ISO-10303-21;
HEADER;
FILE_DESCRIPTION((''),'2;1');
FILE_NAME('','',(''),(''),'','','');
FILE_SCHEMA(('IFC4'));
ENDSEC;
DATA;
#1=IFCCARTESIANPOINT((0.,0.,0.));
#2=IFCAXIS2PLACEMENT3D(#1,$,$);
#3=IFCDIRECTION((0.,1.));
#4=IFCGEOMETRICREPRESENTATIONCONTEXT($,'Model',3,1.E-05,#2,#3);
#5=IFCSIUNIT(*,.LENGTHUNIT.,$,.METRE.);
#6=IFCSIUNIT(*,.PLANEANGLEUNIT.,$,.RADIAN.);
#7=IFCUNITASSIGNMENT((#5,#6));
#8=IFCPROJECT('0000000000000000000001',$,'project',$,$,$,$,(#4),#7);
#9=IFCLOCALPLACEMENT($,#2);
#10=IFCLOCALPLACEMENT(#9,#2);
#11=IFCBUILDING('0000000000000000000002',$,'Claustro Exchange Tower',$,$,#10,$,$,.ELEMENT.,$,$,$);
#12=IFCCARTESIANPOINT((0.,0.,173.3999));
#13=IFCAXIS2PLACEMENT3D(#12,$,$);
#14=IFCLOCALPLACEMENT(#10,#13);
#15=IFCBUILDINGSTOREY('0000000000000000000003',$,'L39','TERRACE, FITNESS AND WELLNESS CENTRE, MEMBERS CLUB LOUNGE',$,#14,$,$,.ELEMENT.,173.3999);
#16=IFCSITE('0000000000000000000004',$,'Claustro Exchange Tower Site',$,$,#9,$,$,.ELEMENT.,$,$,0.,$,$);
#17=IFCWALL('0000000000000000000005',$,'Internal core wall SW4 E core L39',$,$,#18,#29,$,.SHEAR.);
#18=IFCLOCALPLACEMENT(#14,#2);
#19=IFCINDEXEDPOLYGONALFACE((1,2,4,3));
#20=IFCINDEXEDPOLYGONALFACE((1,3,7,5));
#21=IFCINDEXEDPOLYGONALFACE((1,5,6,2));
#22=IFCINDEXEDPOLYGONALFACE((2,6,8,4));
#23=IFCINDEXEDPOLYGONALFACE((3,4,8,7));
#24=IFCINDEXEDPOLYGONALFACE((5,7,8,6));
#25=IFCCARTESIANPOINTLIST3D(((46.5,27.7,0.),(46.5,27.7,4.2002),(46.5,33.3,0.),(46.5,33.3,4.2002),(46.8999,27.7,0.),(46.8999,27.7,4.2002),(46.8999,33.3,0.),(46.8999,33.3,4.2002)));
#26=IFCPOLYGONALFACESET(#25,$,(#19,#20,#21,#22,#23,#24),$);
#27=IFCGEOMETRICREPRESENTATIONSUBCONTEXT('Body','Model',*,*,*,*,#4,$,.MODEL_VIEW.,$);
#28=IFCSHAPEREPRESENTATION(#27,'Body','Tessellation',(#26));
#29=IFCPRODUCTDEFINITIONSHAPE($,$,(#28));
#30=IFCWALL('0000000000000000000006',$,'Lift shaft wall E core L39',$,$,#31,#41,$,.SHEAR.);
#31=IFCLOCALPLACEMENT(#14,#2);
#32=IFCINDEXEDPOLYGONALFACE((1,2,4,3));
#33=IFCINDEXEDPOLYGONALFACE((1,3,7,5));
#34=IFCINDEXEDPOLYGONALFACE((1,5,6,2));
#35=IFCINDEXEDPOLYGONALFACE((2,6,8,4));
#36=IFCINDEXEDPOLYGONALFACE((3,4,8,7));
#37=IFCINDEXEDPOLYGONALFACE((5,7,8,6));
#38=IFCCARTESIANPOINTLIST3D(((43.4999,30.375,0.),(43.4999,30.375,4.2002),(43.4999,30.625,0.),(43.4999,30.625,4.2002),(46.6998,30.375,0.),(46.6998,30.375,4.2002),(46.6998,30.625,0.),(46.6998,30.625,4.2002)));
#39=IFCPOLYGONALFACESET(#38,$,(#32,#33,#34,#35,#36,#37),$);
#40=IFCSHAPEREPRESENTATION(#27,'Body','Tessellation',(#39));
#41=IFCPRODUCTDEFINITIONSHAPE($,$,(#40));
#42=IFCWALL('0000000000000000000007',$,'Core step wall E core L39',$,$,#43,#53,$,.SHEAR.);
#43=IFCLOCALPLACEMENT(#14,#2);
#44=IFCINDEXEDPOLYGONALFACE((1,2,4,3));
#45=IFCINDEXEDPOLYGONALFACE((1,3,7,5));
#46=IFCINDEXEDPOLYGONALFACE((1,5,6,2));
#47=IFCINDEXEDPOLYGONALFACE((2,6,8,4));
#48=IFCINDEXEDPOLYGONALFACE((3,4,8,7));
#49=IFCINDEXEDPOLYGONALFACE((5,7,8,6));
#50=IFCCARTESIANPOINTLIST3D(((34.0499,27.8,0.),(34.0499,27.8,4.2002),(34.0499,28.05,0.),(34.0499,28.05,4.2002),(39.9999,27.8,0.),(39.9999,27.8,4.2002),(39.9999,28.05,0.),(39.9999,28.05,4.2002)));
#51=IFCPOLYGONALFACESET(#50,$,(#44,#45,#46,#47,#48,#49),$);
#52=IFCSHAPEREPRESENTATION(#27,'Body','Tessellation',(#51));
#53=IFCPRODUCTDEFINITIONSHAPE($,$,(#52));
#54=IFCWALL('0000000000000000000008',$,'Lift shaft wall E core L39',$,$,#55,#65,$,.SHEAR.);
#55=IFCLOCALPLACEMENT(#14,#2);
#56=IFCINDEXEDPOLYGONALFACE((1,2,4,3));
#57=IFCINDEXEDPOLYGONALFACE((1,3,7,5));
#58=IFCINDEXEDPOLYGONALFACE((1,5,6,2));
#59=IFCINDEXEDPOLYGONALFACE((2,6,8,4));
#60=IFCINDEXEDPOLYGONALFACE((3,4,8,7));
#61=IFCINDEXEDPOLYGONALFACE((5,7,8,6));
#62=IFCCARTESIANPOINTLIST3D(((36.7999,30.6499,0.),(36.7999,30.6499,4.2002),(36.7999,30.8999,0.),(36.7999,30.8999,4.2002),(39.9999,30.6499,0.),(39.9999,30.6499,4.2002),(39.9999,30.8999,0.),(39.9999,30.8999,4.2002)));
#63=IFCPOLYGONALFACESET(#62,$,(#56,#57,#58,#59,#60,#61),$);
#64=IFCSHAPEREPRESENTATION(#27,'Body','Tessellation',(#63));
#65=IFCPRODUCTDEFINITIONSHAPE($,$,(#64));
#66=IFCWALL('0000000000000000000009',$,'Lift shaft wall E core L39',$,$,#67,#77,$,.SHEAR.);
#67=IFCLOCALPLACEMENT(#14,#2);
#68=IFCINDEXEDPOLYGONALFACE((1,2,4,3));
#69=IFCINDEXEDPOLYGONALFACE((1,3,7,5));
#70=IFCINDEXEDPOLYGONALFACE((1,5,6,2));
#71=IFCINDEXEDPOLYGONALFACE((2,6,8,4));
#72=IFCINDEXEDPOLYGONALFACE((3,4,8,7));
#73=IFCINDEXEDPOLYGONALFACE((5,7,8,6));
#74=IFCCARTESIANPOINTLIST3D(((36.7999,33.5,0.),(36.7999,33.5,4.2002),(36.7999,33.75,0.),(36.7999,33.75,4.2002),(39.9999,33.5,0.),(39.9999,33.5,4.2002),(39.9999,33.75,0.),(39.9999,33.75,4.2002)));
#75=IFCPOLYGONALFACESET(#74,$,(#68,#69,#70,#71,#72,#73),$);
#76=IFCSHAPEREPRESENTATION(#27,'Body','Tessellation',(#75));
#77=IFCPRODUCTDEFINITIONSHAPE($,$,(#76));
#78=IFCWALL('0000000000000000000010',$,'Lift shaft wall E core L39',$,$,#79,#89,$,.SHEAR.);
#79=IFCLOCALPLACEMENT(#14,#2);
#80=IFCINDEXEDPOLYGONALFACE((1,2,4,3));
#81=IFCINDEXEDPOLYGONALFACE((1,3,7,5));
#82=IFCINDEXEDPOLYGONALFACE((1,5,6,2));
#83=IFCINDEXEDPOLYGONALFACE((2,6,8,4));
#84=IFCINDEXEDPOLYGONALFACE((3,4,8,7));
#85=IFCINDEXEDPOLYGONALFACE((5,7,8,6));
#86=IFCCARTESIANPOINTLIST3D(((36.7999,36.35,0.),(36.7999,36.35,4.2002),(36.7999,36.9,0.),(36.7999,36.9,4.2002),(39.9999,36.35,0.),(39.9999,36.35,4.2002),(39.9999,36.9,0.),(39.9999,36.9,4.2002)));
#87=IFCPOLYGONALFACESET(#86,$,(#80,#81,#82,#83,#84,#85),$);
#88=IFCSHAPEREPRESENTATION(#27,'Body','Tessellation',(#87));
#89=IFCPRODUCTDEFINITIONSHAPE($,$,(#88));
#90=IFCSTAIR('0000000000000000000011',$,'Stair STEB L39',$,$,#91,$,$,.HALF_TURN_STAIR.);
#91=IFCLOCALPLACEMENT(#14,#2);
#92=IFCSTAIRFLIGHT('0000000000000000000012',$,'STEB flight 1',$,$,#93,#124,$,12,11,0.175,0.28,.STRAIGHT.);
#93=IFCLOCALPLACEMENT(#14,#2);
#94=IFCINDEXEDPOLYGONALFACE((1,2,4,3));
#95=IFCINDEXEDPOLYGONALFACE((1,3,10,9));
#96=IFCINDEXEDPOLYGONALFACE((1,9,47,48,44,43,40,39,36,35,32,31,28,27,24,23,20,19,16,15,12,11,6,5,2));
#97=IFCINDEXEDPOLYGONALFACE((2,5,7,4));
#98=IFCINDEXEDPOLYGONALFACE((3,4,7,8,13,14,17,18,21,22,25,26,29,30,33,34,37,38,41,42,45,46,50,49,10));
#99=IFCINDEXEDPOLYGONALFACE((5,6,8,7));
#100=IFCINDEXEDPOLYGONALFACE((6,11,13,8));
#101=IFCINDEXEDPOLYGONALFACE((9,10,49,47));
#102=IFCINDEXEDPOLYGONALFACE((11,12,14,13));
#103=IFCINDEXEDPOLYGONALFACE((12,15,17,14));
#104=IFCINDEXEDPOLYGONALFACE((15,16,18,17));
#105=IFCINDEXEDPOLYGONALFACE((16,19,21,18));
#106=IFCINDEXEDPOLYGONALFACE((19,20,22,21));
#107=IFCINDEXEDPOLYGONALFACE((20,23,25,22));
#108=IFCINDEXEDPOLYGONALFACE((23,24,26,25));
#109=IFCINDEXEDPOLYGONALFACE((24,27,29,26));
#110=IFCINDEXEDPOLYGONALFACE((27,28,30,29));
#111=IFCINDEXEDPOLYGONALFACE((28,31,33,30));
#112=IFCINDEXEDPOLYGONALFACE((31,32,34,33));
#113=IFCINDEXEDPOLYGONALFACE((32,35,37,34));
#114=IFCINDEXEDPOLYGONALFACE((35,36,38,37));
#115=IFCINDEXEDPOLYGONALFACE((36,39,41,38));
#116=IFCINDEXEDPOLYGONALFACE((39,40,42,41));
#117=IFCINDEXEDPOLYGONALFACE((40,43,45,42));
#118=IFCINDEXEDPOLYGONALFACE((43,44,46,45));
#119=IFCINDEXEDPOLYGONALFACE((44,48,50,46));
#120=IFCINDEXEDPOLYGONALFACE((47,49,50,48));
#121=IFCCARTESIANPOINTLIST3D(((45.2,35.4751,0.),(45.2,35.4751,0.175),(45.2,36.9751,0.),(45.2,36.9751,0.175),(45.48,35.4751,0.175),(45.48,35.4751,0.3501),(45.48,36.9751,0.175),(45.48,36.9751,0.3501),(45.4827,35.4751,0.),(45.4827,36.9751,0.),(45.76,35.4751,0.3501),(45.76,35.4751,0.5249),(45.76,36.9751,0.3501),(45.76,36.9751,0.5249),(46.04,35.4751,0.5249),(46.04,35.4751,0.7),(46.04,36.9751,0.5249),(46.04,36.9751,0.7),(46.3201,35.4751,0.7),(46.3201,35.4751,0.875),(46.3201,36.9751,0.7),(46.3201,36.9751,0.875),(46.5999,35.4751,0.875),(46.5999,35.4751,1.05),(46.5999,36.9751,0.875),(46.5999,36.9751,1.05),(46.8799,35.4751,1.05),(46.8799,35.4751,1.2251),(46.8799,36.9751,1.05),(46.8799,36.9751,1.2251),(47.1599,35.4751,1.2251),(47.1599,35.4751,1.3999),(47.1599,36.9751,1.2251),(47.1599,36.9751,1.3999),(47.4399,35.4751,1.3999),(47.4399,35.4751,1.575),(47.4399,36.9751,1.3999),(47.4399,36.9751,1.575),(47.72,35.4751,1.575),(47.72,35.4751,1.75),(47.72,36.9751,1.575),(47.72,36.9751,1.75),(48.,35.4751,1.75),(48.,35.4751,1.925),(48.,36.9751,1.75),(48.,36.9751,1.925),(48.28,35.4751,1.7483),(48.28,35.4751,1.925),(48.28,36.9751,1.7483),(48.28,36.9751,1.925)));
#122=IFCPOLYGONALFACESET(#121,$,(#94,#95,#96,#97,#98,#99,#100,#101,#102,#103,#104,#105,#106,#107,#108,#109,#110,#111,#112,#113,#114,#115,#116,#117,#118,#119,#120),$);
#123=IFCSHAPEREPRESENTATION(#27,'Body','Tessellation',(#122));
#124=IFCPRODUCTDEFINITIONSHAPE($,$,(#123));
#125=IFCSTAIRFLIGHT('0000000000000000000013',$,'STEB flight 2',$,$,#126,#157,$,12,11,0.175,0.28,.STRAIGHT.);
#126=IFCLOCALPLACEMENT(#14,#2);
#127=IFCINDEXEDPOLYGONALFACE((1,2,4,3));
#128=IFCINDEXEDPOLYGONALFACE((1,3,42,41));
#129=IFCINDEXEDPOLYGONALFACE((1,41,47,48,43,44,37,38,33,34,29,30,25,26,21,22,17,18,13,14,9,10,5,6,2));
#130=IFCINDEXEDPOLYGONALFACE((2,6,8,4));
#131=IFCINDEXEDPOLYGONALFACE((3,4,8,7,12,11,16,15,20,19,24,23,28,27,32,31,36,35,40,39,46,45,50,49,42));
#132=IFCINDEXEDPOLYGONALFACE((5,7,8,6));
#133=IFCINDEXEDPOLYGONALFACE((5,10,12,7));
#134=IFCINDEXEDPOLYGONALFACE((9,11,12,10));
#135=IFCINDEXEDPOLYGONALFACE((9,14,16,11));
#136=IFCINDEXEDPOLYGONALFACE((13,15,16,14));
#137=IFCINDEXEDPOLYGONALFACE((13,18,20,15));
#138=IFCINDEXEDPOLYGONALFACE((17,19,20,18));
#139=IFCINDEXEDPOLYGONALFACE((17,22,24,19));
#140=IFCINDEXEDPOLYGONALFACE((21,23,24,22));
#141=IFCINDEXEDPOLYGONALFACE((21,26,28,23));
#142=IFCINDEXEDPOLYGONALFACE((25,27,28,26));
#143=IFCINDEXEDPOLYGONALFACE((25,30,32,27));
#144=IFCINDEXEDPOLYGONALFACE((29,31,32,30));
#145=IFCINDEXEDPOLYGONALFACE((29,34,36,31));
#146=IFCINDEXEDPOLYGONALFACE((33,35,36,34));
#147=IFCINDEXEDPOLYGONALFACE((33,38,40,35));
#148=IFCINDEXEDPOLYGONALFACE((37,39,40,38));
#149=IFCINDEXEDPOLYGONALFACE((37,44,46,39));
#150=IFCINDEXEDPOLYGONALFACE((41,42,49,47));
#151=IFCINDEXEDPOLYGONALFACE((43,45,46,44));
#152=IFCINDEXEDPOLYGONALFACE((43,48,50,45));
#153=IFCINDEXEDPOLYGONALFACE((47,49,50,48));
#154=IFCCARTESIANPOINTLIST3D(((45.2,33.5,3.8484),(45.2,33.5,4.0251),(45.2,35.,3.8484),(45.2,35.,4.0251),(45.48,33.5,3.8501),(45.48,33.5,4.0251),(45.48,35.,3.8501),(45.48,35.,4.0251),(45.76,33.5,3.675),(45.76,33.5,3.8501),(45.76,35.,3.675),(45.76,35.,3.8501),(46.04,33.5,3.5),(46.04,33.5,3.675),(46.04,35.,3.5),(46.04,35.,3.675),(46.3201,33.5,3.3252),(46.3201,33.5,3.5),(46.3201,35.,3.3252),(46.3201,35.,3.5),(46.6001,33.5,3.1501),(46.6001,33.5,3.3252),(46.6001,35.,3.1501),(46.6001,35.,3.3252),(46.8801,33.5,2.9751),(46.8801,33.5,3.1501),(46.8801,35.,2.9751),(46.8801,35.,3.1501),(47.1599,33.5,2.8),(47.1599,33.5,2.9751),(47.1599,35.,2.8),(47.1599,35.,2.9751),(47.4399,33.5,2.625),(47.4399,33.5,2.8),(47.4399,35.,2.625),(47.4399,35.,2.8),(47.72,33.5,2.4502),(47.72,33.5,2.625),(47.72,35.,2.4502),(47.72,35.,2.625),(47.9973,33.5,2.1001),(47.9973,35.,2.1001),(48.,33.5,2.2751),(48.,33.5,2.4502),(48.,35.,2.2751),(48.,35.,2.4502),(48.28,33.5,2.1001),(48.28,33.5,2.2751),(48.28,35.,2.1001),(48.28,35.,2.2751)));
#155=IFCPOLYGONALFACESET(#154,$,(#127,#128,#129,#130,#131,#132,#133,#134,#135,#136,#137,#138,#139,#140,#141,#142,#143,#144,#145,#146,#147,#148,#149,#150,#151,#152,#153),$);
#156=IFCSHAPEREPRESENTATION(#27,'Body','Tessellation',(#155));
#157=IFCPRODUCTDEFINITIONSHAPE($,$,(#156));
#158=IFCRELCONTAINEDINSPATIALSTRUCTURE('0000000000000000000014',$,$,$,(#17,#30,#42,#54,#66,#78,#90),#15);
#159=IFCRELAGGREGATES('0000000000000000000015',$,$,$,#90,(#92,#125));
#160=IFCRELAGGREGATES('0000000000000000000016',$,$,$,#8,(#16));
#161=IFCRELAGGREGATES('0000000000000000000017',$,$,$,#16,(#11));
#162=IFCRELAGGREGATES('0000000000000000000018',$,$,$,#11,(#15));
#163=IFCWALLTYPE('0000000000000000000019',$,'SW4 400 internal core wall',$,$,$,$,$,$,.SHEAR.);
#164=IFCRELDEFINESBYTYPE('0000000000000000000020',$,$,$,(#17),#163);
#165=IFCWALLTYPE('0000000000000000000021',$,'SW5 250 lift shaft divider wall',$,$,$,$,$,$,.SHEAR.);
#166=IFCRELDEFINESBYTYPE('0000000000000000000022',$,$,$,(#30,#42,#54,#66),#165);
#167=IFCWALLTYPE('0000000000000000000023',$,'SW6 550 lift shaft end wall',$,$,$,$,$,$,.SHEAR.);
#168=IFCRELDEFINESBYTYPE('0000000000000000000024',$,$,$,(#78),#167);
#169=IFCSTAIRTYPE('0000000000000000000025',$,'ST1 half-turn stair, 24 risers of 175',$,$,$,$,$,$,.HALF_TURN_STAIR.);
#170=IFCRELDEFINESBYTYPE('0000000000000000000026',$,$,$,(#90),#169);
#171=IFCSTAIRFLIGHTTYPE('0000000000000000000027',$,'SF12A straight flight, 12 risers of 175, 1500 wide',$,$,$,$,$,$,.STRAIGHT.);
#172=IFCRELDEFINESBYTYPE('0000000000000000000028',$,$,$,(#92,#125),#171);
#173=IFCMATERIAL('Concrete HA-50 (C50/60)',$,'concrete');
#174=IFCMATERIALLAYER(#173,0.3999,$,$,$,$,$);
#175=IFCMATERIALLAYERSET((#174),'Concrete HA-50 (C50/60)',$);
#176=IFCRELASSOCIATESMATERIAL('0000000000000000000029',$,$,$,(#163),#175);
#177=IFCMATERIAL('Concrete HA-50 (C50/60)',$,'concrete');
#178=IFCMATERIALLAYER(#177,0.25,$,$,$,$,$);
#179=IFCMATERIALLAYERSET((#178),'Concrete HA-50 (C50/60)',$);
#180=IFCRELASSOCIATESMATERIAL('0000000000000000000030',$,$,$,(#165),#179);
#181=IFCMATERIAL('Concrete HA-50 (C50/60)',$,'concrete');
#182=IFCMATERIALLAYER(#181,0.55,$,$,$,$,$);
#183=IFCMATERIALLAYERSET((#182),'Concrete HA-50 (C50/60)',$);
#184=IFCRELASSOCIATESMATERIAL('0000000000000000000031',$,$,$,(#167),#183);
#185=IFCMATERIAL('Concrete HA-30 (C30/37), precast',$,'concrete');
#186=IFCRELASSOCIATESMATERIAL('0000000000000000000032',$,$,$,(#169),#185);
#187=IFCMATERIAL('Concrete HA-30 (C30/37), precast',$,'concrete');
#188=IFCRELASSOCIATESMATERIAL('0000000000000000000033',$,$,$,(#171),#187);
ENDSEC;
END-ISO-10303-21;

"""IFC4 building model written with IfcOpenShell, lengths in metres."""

from ifc_helpers import new_model, si_unit, direction, frame, frame_2d, origin, place, context, subcontext, project, spatial, polyline, rectangle, outline, extrude, material, layer, layer_set, type_object, element, aggregate, save


model = new_model("IFC4")

# Units and contexts
model_context = context("Model", 3, precision=1e-05, world=origin(), true_north=direction((0.0, 1.0)))
body_context = subcontext(model_context, "Body", "Model", "MODEL_VIEW")
ifc_project = project(units=[si_unit("LENGTHUNIT", "METRE"), si_unit("PLANEANGLEUNIT", "RADIAN")], contexts=[model_context])

# Site, building, storey
site_placement = place(None, origin())
site = spatial("IfcSite", under=ifc_project, at=site_placement, Name="Claustro Exchange Tower Site", CompositionType="ELEMENT", RefElevation=0.0)
building_placement = place(site_placement, origin())
building = spatial("IfcBuilding", under=site, at=building_placement, Name="Claustro Exchange Tower", CompositionType="ELEMENT")
storey_placement = place(building_placement, frame((0.0, 0.0, 173.3999)))
storey = spatial("IfcBuildingStorey", under=building, at=storey_placement, Name="L39", Description="TERRACE, FITNESS AND WELLNESS CENTRE, MEMBERS CLUB LOUNGE", CompositionType="ELEMENT", Elevation=173.3999)

# Walls
ifc_material_1 = material(Name="Concrete HA-50 (C50/60)", Category="concrete")
ifc_layer_1 = layer(ifc_material_1, 0.3999)
ifc_layer_set_1 = layer_set([ifc_layer_1], Name="Concrete HA-50 (C50/60)")
wall_type_1 = type_object("IfcWallType", Name="SW4 400 internal core wall", PredefinedType="SHEAR", material=ifc_layer_set_1)
wall_1_placement = place(storey_placement, frame((46.7, 27.7, 0.0), z_axis=(0.0, 0.0, 1.0), x_axis=(0.0, 1.0, 0.0)))
element("IfcWall", 1, at=wall_1_placement, inside=storey, type_object=wall_type_1, Name="Internal core wall SW4 E core L39", PredefinedType="SHEAR", context=body_context, shape_type="SweptSolid", body=[
    extrude(rectangle(XDim=5.6001, YDim=0.3999, at=frame_2d((2.8, 0.0))), origin(), (0.0, 0.0, 1.0), 4.2002),
])
ifc_material_2 = material(Name="Concrete HA-50 (C50/60)", Category="concrete")
ifc_layer_2 = layer(ifc_material_2, 0.25)
ifc_layer_set_2 = layer_set([ifc_layer_2], Name="Concrete HA-50 (C50/60)")
wall_type_2 = type_object("IfcWallType", Name="SW5 250 lift shaft divider wall", PredefinedType="SHEAR", material=ifc_layer_set_2)
wall_2_placement = place(storey_placement, frame((46.7, 30.5, 0.0), z_axis=(0.0, 0.0, 1.0), x_axis=(-1.0, 0.0, 0.0)))
element("IfcWall", 2, at=wall_2_placement, inside=storey, type_object=wall_type_2, Name="Lift shaft wall E core L39", PredefinedType="SHEAR", context=body_context, shape_type="SweptSolid", body=[
    extrude(rectangle(XDim=3.2, YDim=0.25, at=frame_2d((1.6001, 0.0))), origin(), (0.0, 0.0, 1.0), 4.2002),
])
wall_3_placement = place(storey_placement, frame((40.0, 27.925, 0.0), z_axis=(0.0, 0.0, 1.0), x_axis=(-1.0, 0.0, 0.0)))
element("IfcWall", 3, at=wall_3_placement, inside=storey, type_object=wall_type_2, Name="Core step wall E core L39", PredefinedType="SHEAR", context=body_context, shape_type="SweptSolid", body=[
    extrude(rectangle(XDim=5.95, YDim=0.25, at=frame_2d((2.9751, 0.0))), origin(), (0.0, 0.0, 1.0), 4.2002),
])
for number, where, z_axis, x_axis, name in (
    (4, (40.0, 30.7749, 0.0), (0.0, 0.0, 1.0), (-1.0, 0.0, 0.0), "Lift shaft wall E core L39"),
    (5, (40.0, 33.625, 0.0), (0.0, 0.0, 1.0), (-1.0, 0.0, 0.0), "Lift shaft wall E core L39"),
):
    element("IfcWall", number, at=place(storey_placement, frame(where, z_axis=z_axis, x_axis=x_axis)), inside=storey, type_object=wall_type_2, Name=name, PredefinedType="SHEAR", context=body_context, shape_type="SweptSolid", body=[
        extrude(rectangle(XDim=3.2, YDim=0.25, at=frame_2d((1.6001, 0.0))), origin(), (0.0, 0.0, 1.0), 4.2002),
    ])
ifc_material_3 = material(Name="Concrete HA-50 (C50/60)", Category="concrete")
ifc_layer_3 = layer(ifc_material_3, 0.55)
ifc_layer_set_3 = layer_set([ifc_layer_3], Name="Concrete HA-50 (C50/60)")
wall_type_3 = type_object("IfcWallType", Name="SW6 550 lift shaft end wall", PredefinedType="SHEAR", material=ifc_layer_set_3)
wall_4_placement = place(storey_placement, frame((40.0, 36.625, 0.0), z_axis=(0.0, 0.0, 1.0), x_axis=(-1.0, 0.0, 0.0)))
element("IfcWall", 6, at=wall_4_placement, inside=storey, type_object=wall_type_3, Name="Lift shaft wall E core L39", PredefinedType="SHEAR", context=body_context, shape_type="SweptSolid", body=[
    extrude(rectangle(XDim=3.2, YDim=0.55, at=frame_2d((1.6001, 0.0))), origin(), (0.0, 0.0, 1.0), 4.2002),
])

# Stair, stair flights
ifc_material_4 = material(Name="Concrete HA-30 (C30/37), precast", Category="concrete")
stair_type = type_object("IfcStairType", Name="ST1 half-turn stair, 24 risers of 175", PredefinedType="HALF_TURN_STAIR", material=ifc_material_4)
stair_placement = place(storey_placement, origin())
stair = element("IfcStair", 7, at=stair_placement, inside=storey, type_object=stair_type, Name="Stair STEB L39", PredefinedType="HALF_TURN_STAIR")
ifc_material_5 = material(Name="Concrete HA-30 (C30/37), precast", Category="concrete")
stair_flight_type = type_object("IfcStairFlightType", Name="SF12A straight flight, 12 risers of 175, 1500 wide", PredefinedType="STRAIGHT", material=ifc_material_5)
stair_flight_1_placement = place(storey_placement, frame((45.2, 36.2251, 0.0), z_axis=(0.0, 0.0, 1.0), x_axis=(1.0, 0.0, 0.0)))
stair_flight_1 = element("IfcStairFlight", 8, at=stair_flight_1_placement, type_object=stair_flight_type, Name="STEB flight 1", NumberOfRisers=12, NumberOfTreads=11, PredefinedType="STRAIGHT", RiserHeight=0.175, TreadLength=0.28, context=body_context, shape_type="SweptSolid", body=[
    extrude(outline(polyline([(0.0, 0.0), (0.0, 0.175), (0.28, 0.175), (0.28, 0.3501), (0.5601, 0.3501), (0.5601, 0.5249), (0.8401, 0.5249), (0.8401, 0.7), (1.1201, 0.7), (1.1201, 0.875), (1.3999, 0.875), (1.3999, 1.05), (1.6799, 1.05), (1.6799, 1.2251), (1.96, 1.2251), (1.96, 1.3999), (2.24, 1.3999), (2.24, 1.575), (2.52, 1.575), (2.52, 1.75), (2.8, 1.75), (2.8, 1.925), (3.0801, 1.925), (3.0801, 2.1001), (3.0801, 1.7483), (0.2827, 0.0), (0.0, 0.0)])), frame((0.0, 0.75, 0.0), z_axis=(0.0, -1.0, 0.0), x_axis=(1.0, 0.0, 0.0)), (0.0, 0.0, 1.0), 1.5),
])
stair_flight_2_placement = place(storey_placement, frame((48.28, 34.25, 2.1001), z_axis=(0.0, 0.0, 1.0), x_axis=(-1.0, 0.0, 0.0)))
stair_flight_2 = element("IfcStairFlight", 9, at=stair_flight_2_placement, type_object=stair_flight_type, Name="STEB flight 2", NumberOfRisers=12, NumberOfTreads=11, PredefinedType="STRAIGHT", RiserHeight=0.175, TreadLength=0.28, context=body_context, shape_type="SweptSolid", body=[
    extrude(outline(polyline([(0.0, 0.0), (0.0, 0.175), (0.28, 0.175), (0.28, 0.3501), (0.5601, 0.3501), (0.5601, 0.5249), (0.8401, 0.5249), (0.8401, 0.7), (1.1201, 0.7), (1.1201, 0.875), (1.3999, 0.875), (1.3999, 1.05), (1.6799, 1.05), (1.6799, 1.2251), (1.96, 1.2251), (1.96, 1.3999), (2.24, 1.3999), (2.24, 1.575), (2.52, 1.575), (2.52, 1.75), (2.8, 1.75), (2.8, 1.925), (3.0801, 1.925), (3.0801, 2.1001), (3.0801, 1.7483), (0.2827, 0.0), (0.0, 0.0)])), frame((0.0, 0.75, 0.0), z_axis=(0.0, -1.0, 0.0), x_axis=(1.0, 0.0, 0.0)), (0.0, 0.0, 1.0), 1.5),
])
aggregate(stair, [stair_flight_1, stair_flight_2])

save(model, "model.ifc")
